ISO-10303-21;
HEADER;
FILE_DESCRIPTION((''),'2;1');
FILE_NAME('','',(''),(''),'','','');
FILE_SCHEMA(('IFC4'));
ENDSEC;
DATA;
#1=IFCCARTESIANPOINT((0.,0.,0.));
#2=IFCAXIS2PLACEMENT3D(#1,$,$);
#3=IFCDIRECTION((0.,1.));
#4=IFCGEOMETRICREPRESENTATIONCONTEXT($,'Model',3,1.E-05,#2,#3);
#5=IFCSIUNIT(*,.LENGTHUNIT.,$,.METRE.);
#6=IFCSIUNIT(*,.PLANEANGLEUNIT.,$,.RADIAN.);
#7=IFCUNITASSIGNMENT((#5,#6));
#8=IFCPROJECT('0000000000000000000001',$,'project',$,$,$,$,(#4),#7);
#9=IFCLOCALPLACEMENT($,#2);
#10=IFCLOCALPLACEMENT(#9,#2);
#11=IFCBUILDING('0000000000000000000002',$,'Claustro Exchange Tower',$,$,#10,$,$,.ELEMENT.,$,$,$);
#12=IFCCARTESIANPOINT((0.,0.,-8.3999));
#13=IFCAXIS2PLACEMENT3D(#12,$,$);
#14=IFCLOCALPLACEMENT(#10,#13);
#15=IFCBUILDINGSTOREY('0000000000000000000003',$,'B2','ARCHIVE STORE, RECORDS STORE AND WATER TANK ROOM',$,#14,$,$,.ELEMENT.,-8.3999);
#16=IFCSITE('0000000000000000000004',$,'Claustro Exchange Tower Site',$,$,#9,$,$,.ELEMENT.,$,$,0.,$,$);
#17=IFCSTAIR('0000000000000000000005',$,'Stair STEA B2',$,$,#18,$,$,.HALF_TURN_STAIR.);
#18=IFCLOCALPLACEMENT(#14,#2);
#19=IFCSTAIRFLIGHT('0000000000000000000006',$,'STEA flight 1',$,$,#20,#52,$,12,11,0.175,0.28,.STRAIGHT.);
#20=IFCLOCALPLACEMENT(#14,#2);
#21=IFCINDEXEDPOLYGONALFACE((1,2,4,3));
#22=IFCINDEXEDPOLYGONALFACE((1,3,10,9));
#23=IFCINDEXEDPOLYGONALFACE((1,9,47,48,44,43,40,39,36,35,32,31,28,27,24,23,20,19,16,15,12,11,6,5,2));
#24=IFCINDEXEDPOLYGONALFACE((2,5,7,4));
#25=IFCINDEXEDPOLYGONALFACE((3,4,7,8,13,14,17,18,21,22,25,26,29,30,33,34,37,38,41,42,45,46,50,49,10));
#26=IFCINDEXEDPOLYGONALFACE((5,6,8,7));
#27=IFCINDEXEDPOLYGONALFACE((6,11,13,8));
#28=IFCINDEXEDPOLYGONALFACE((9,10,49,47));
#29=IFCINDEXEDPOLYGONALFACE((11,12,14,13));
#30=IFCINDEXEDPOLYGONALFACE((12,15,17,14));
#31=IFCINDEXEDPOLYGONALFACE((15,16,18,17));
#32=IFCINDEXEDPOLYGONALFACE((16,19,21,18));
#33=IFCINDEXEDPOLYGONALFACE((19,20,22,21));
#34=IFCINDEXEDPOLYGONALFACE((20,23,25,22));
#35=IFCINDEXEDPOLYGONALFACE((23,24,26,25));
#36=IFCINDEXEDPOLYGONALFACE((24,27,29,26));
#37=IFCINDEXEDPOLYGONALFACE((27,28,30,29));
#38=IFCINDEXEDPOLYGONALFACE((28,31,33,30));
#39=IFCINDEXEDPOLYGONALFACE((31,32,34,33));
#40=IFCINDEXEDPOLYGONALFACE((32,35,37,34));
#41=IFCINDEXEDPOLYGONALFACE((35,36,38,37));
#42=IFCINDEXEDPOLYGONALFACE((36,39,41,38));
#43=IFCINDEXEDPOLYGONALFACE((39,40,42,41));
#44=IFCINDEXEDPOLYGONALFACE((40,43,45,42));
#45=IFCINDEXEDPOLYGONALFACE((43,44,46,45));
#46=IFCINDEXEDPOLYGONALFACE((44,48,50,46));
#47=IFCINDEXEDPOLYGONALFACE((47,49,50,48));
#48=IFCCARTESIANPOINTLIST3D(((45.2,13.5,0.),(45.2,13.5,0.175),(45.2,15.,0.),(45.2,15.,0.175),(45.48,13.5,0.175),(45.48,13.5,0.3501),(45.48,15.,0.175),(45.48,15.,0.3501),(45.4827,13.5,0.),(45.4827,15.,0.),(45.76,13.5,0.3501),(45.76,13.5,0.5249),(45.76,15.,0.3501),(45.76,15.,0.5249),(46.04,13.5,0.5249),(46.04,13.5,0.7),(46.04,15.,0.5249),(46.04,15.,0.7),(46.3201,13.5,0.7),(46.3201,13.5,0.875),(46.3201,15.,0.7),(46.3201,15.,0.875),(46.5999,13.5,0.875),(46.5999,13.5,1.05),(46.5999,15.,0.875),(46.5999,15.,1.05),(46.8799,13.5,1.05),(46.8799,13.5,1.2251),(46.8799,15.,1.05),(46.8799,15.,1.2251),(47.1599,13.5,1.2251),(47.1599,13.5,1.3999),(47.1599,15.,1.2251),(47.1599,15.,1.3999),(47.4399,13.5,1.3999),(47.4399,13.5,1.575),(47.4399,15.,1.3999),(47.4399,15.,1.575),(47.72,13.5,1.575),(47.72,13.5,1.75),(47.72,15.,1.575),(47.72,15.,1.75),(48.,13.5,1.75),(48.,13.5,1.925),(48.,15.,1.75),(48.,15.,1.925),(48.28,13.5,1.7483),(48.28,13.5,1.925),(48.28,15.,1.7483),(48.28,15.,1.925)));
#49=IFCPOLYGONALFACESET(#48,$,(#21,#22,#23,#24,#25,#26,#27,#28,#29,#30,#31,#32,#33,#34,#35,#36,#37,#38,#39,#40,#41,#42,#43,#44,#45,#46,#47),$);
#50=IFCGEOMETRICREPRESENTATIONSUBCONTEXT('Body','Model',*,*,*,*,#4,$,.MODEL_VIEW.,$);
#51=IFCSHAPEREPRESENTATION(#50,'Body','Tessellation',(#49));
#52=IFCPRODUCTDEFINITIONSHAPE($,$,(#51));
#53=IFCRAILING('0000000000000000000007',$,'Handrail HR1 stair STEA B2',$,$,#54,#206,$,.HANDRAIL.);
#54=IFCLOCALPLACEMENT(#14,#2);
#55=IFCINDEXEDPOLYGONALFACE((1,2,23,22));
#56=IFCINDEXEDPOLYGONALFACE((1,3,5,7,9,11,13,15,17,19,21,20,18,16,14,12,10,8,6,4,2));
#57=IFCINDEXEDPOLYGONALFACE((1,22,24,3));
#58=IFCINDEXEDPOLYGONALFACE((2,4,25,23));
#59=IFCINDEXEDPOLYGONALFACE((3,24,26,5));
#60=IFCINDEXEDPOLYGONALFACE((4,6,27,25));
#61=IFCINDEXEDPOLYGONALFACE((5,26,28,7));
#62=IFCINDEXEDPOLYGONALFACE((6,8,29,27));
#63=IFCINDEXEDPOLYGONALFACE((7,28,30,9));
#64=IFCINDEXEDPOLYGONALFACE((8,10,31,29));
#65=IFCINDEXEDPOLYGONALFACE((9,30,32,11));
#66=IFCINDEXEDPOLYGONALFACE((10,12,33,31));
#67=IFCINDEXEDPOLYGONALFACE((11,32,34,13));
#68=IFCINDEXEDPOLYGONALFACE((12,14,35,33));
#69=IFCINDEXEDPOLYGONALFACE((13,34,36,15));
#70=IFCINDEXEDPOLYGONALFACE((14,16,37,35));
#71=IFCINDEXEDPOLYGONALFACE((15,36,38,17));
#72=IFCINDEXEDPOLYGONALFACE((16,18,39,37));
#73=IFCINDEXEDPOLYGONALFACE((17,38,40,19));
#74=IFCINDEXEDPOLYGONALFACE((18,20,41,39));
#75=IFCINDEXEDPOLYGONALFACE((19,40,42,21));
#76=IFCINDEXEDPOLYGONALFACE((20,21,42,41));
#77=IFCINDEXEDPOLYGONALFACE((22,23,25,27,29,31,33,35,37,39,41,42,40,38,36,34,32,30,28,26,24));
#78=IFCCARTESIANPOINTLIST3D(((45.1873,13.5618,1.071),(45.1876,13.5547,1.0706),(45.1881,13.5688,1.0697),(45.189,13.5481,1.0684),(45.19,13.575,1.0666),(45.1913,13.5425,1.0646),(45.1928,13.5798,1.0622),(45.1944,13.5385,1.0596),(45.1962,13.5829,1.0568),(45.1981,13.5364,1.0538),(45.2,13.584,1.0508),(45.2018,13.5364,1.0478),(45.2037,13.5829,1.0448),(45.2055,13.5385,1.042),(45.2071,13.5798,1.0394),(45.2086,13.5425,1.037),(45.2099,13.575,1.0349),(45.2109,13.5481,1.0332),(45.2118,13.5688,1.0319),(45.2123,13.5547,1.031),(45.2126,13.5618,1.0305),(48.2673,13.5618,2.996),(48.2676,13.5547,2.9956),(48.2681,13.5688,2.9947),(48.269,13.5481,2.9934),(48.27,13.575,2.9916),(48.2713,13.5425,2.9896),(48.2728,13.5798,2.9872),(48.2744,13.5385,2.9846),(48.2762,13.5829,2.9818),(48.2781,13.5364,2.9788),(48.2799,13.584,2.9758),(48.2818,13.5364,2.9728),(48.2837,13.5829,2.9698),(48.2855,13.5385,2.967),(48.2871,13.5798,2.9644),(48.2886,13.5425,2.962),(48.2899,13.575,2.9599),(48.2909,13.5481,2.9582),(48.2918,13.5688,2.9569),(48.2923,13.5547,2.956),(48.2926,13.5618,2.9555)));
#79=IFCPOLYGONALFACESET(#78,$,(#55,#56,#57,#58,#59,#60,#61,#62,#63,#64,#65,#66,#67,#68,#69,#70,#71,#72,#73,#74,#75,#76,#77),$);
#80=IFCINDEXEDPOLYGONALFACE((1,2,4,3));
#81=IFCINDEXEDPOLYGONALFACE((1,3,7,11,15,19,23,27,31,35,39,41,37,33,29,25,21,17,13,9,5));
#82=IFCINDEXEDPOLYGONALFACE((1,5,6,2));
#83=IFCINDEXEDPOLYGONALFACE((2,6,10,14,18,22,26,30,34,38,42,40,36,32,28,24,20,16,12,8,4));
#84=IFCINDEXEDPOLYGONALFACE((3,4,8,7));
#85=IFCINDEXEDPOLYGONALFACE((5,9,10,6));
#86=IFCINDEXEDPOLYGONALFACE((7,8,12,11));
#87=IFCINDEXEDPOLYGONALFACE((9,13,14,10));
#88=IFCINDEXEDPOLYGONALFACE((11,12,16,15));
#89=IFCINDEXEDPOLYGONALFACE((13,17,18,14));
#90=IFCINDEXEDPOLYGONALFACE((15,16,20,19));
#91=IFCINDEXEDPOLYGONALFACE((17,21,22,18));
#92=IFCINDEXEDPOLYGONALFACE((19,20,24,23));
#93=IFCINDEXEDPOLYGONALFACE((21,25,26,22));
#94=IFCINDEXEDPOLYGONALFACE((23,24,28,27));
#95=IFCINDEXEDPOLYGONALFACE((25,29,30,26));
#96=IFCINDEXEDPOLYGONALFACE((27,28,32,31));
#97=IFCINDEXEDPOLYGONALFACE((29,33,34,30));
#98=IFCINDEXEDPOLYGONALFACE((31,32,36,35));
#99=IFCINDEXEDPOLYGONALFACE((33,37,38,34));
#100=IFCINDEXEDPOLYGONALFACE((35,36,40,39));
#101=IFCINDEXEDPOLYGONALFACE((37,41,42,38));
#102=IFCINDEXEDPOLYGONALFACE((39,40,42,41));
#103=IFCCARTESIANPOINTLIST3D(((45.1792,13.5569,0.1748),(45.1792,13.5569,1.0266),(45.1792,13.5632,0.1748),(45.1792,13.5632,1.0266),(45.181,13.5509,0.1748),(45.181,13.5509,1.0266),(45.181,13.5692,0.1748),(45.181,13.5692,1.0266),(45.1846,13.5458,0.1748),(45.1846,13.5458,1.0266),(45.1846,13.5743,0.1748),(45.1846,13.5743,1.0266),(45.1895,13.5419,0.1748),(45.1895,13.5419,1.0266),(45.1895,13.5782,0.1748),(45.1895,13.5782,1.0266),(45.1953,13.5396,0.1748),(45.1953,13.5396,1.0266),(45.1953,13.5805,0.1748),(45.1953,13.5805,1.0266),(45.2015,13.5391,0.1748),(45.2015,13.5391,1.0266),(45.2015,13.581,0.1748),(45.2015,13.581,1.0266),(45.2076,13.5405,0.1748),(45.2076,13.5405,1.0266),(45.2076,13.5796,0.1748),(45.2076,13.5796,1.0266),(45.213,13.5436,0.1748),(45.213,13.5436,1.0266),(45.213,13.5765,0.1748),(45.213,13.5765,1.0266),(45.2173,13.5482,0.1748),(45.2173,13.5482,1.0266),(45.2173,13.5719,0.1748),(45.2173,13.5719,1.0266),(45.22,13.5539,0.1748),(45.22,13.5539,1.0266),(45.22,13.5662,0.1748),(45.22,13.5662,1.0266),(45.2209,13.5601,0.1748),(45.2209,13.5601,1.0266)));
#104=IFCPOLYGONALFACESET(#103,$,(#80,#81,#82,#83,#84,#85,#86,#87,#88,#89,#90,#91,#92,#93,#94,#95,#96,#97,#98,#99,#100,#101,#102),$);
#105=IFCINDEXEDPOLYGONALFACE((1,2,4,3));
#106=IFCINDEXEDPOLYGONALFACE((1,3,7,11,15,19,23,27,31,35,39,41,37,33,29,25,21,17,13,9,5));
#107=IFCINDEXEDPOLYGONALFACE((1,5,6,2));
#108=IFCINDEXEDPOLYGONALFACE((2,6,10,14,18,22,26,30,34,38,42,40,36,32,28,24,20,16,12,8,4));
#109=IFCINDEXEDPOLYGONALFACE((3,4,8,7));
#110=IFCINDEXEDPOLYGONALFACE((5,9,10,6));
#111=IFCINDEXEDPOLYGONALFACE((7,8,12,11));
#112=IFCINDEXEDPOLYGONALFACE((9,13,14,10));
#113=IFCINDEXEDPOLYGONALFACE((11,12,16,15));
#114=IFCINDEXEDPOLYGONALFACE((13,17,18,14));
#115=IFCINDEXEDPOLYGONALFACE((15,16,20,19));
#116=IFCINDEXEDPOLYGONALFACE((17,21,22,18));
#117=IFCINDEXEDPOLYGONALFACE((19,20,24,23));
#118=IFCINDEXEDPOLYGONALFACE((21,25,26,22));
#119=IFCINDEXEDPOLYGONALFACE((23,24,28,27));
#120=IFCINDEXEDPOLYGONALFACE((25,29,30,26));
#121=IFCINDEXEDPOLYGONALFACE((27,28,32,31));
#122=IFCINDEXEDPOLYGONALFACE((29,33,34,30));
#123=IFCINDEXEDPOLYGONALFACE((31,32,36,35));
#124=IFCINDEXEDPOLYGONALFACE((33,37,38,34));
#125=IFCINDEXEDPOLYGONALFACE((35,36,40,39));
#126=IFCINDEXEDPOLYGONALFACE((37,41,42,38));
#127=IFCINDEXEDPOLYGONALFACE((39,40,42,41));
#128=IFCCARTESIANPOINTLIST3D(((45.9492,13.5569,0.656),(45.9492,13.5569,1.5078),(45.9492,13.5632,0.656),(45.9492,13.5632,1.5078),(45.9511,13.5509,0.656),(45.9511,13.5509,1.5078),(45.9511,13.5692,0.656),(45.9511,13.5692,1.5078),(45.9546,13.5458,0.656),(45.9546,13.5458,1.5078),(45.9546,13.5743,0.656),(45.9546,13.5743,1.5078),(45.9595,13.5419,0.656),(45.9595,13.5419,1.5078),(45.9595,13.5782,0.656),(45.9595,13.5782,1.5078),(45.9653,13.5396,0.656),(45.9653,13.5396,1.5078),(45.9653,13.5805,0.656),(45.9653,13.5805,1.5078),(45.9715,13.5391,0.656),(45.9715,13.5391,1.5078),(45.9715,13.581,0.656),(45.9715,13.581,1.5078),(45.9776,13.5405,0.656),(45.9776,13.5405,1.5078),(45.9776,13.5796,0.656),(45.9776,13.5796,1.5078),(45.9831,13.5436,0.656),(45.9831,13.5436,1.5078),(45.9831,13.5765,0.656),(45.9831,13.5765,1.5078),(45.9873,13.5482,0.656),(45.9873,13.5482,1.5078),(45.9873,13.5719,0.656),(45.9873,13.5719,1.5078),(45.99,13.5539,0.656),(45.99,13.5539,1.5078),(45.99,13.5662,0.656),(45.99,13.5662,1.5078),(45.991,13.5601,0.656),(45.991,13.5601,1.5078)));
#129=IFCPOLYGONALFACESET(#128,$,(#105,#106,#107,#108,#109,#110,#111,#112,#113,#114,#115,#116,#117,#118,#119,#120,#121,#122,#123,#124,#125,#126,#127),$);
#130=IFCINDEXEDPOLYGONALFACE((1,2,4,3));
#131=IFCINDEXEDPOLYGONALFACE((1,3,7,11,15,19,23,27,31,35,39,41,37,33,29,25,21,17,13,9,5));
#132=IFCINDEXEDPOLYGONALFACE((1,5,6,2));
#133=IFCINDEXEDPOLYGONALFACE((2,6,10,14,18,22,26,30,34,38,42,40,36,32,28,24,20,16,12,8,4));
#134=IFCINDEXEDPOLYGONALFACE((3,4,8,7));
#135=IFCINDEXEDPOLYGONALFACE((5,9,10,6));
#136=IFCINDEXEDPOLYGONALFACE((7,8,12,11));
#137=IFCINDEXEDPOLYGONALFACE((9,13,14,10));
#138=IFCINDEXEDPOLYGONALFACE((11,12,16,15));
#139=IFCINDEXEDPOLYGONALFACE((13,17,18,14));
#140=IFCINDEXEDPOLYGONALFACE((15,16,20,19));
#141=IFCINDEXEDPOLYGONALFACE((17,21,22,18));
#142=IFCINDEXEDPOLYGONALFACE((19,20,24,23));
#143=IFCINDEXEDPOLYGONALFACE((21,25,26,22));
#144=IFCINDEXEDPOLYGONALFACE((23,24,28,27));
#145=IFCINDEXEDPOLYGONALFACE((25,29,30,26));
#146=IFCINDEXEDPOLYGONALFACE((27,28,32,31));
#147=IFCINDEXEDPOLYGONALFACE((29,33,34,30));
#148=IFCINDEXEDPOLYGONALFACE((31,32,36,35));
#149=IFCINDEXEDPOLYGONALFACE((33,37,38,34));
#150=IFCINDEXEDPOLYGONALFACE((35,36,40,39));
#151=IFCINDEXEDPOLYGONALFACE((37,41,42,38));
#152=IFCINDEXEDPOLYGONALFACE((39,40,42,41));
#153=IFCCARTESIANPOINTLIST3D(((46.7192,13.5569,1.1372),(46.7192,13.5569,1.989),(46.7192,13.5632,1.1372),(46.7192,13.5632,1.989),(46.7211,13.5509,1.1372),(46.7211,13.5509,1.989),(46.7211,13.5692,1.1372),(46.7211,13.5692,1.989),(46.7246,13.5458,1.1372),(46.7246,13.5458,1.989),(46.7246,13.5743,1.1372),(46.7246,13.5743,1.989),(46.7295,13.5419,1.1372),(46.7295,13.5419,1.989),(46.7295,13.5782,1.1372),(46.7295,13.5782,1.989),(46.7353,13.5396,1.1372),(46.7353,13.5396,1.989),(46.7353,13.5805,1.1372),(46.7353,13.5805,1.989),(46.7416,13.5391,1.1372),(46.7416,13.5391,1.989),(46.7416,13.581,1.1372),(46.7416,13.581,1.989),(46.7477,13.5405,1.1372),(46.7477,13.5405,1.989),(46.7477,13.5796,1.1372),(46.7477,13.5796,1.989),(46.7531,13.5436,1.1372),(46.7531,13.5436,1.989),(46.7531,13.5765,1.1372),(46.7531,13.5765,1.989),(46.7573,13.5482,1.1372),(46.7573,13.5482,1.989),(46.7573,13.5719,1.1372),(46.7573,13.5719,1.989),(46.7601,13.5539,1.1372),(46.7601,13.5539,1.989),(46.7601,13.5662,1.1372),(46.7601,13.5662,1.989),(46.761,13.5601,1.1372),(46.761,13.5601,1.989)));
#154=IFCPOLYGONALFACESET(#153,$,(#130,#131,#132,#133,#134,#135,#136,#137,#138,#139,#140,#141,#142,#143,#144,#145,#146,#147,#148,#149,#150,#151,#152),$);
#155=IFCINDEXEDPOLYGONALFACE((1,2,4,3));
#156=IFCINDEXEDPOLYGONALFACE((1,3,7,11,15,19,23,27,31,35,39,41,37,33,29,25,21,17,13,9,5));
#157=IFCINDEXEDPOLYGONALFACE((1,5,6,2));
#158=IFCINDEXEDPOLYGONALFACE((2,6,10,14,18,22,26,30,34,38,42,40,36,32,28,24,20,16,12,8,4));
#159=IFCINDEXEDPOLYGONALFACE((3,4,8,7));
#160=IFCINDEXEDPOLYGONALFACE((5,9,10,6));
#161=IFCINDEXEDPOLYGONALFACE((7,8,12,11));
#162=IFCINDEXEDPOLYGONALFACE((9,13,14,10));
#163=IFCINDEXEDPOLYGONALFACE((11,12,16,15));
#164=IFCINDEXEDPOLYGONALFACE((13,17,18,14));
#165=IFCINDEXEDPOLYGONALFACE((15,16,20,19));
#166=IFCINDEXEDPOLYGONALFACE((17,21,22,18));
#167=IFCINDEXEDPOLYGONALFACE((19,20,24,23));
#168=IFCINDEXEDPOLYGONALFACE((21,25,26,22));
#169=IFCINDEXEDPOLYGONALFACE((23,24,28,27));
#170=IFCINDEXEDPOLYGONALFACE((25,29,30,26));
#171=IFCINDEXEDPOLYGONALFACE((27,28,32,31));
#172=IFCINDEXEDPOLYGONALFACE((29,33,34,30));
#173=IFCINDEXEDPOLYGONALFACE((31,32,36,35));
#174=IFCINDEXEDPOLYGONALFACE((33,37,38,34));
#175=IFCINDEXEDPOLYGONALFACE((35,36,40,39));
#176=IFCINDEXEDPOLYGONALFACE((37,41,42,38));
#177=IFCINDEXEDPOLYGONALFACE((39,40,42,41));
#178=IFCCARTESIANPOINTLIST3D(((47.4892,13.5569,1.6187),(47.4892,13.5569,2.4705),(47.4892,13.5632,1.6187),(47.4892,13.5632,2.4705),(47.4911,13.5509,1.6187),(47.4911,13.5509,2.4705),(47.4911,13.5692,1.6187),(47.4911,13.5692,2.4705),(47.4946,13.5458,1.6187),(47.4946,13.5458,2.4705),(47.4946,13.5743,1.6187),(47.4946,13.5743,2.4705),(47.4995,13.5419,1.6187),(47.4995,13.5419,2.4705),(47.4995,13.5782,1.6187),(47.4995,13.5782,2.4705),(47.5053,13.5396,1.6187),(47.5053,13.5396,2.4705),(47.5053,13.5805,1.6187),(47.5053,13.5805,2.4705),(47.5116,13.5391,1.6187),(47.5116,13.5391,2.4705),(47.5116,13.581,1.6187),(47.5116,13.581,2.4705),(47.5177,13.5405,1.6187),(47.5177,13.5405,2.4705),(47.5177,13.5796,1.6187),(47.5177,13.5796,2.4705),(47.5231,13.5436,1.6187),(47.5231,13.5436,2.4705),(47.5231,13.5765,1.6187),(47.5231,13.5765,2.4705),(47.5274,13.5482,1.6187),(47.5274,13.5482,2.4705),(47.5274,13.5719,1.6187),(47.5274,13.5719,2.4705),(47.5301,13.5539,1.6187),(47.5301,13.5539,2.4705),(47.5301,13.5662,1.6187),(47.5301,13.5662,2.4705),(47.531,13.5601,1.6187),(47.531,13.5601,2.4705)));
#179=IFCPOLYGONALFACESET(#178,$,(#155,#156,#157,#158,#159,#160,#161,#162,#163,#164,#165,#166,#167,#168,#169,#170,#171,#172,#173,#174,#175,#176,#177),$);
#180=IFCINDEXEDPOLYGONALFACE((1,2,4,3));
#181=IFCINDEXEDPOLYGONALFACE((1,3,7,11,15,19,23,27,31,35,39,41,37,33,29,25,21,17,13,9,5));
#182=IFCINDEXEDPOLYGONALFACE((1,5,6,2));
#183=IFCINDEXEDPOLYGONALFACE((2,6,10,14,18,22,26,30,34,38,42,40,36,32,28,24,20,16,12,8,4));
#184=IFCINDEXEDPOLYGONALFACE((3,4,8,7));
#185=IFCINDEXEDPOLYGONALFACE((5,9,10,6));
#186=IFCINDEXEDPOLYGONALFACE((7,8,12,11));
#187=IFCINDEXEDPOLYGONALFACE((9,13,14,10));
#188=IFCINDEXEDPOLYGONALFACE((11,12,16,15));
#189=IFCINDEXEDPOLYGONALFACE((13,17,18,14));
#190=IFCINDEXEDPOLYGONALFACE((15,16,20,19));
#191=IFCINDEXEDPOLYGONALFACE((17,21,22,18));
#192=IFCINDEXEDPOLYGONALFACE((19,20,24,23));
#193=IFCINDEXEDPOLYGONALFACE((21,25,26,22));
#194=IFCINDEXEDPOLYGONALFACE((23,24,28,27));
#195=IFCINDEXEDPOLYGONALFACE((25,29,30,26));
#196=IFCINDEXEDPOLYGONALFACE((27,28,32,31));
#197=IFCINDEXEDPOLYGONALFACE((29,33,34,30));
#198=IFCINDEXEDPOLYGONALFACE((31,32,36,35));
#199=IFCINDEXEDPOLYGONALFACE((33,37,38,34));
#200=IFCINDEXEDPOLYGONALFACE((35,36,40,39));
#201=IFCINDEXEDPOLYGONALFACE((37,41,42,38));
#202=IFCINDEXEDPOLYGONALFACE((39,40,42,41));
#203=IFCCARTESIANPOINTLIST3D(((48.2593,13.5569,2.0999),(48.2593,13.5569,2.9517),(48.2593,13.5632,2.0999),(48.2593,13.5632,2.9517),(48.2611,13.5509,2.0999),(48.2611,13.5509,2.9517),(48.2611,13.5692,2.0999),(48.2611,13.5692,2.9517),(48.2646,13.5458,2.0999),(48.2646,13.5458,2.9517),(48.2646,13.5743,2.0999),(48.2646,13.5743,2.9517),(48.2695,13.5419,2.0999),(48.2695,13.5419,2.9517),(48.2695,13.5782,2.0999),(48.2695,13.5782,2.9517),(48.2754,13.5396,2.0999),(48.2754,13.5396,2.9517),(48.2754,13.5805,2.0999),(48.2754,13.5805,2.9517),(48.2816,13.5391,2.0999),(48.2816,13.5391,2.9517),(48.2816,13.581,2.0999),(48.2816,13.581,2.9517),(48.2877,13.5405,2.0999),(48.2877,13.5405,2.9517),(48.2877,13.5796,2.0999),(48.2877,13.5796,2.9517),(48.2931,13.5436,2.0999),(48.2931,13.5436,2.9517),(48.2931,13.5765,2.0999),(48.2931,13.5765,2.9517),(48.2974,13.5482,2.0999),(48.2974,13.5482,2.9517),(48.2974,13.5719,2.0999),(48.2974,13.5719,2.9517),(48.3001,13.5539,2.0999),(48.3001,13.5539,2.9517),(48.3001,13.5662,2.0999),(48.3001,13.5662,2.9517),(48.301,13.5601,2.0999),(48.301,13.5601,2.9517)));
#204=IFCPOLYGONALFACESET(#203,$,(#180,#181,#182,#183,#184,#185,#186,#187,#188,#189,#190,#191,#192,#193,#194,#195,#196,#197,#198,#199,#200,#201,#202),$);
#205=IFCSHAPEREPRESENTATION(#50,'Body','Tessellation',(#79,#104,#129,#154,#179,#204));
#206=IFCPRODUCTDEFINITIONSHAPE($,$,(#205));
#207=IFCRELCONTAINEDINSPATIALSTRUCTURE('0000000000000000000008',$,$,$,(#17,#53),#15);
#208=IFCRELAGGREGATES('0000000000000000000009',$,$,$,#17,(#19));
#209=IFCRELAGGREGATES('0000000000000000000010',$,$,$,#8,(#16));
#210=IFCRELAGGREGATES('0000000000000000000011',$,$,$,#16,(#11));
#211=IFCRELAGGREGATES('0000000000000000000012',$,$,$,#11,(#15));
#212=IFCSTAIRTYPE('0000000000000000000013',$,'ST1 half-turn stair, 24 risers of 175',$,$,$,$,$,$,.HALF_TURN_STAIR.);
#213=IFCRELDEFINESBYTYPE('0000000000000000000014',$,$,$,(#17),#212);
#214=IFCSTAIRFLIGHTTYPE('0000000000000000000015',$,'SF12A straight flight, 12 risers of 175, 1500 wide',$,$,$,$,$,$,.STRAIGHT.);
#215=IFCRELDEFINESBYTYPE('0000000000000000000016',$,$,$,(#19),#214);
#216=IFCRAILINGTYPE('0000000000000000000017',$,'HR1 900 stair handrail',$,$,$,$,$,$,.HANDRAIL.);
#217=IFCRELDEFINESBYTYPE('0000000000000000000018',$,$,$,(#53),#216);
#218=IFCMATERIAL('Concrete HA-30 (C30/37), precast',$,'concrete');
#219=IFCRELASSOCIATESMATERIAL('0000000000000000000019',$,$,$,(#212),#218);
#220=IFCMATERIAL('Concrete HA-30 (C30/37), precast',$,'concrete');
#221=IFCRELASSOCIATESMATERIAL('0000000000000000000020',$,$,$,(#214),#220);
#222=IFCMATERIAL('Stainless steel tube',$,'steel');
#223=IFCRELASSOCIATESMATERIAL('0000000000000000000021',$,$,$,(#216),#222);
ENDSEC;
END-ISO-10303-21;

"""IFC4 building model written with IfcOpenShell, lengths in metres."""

from ifc_helpers import new_model, si_unit, direction, frame, origin, origin_2d, place, context, subcontext, project, spatial, polyline, circle, outline, extrude, material, type_object, element, aggregate, save


model = new_model("IFC4")

# Units and contexts
model_context = context("Model", 3, precision=1e-05, world=origin(), true_north=direction((0.0, 1.0)))
body_context = subcontext(model_context, "Body", "Model", "MODEL_VIEW")
ifc_project = project(units=[si_unit("LENGTHUNIT", "METRE"), si_unit("PLANEANGLEUNIT", "RADIAN")], contexts=[model_context])

# Site, building, storey
site_placement = place(None, origin())
site = spatial("IfcSite", under=ifc_project, at=site_placement, Name="Claustro Exchange Tower Site", CompositionType="ELEMENT", RefElevation=0.0)
building_placement = place(site_placement, origin())
building = spatial("IfcBuilding", under=site, at=building_placement, Name="Claustro Exchange Tower", CompositionType="ELEMENT")
storey_placement = place(building_placement, frame((0.0, 0.0, -8.3999)))
storey = spatial("IfcBuildingStorey", under=building, at=storey_placement, Name="B2", Description="ARCHIVE STORE, RECORDS STORE AND WATER TANK ROOM", CompositionType="ELEMENT", Elevation=-8.3999)

# Stair, stair flight
ifc_material_1 = material(Name="Concrete HA-30 (C30/37), precast", Category="concrete")
stair_type = type_object("IfcStairType", Name="ST1 half-turn stair, 24 risers of 175", PredefinedType="HALF_TURN_STAIR", material=ifc_material_1)
stair_placement = place(storey_placement, origin())
stair = element("IfcStair", 1, at=stair_placement, inside=storey, type_object=stair_type, Name="Stair STEA B2", PredefinedType="HALF_TURN_STAIR")
ifc_material_2 = material(Name="Concrete HA-30 (C30/37), precast", Category="concrete")
stair_flight_type = type_object("IfcStairFlightType", Name="SF12A straight flight, 12 risers of 175, 1500 wide", PredefinedType="STRAIGHT", material=ifc_material_2)
stair_flight_placement = place(storey_placement, frame((45.2, 14.25, 0.0), z_axis=(0.0, 0.0, 1.0), x_axis=(1.0, 0.0, 0.0)))
stair_flight = element("IfcStairFlight", 2, at=stair_flight_placement, type_object=stair_flight_type, Name="STEA flight 1", NumberOfRisers=12, NumberOfTreads=11, PredefinedType="STRAIGHT", RiserHeight=0.175, TreadLength=0.28, context=body_context, shape_type="SweptSolid", body=[
    extrude(outline(polyline([(0.0, 0.0), (0.0, 0.175), (0.28, 0.175), (0.28, 0.3501), (0.5601, 0.3501), (0.5601, 0.5249), (0.8401, 0.5249), (0.8401, 0.7), (1.1201, 0.7), (1.1201, 0.875), (1.3999, 0.875), (1.3999, 1.05), (1.6799, 1.05), (1.6799, 1.2251), (1.96, 1.2251), (1.96, 1.3999), (2.24, 1.3999), (2.24, 1.575), (2.52, 1.575), (2.52, 1.75), (2.8, 1.75), (2.8, 1.925), (3.0801, 1.925), (3.0801, 2.1001), (3.0801, 1.7483), (0.2827, 0.0), (0.0, 0.0)])), frame((0.0, 0.75, 0.0), z_axis=(0.0, -1.0, 0.0), x_axis=(1.0, 0.0, 0.0)), (0.0, 0.0, 1.0), 1.5),
])
aggregate(stair, [stair_flight])

# Railing
ifc_material_3 = material(Name="Stainless steel tube", Category="steel")
railing_type_1 = type_object("IfcRailingType", Name="HR1 900 stair handrail", PredefinedType="HANDRAIL", material=ifc_material_3)
railing_1_placement = place(storey_placement, frame((45.2, 13.5601, 0.1748)))
element("IfcRailing", 3, at=railing_1_placement, inside=storey, type_object=railing_type_1, Name="Handrail HR1 stair STEA B2", PredefinedType="HANDRAIL", context=body_context, shape_type="SweptSolid", body=[
    extrude(circle(Radius=0.0239, at=origin_2d()), frame((0.0, 0.0, 0.876), z_axis=(0.847998, 0.0, 0.529999), x_axis=(0.0, 1.0, 0.0)), (0.0, 0.0, 1.0), 3.6321),
    extrude(circle(Radius=0.021, at=origin_2d()), origin(), (0.0, 0.0, 1.0), 0.8518),
    extrude(circle(Radius=0.021, at=origin_2d()), frame((0.77, 0.0, 0.4812)), (0.0, 0.0, 1.0), 0.8518),
    extrude(circle(Radius=0.021, at=origin_2d()), frame((1.54, 0.0, 0.9624)), (0.0, 0.0, 1.0), 0.8518),
    extrude(circle(Radius=0.021, at=origin_2d()), frame((2.3101, 0.0, 1.4438)), (0.0, 0.0, 1.0), 0.8518),
    extrude(circle(Radius=0.021, at=origin_2d()), frame((3.0801, 0.0, 1.925)), (0.0, 0.0, 1.0), 0.8518),
])

save(model, "model.ifc")
